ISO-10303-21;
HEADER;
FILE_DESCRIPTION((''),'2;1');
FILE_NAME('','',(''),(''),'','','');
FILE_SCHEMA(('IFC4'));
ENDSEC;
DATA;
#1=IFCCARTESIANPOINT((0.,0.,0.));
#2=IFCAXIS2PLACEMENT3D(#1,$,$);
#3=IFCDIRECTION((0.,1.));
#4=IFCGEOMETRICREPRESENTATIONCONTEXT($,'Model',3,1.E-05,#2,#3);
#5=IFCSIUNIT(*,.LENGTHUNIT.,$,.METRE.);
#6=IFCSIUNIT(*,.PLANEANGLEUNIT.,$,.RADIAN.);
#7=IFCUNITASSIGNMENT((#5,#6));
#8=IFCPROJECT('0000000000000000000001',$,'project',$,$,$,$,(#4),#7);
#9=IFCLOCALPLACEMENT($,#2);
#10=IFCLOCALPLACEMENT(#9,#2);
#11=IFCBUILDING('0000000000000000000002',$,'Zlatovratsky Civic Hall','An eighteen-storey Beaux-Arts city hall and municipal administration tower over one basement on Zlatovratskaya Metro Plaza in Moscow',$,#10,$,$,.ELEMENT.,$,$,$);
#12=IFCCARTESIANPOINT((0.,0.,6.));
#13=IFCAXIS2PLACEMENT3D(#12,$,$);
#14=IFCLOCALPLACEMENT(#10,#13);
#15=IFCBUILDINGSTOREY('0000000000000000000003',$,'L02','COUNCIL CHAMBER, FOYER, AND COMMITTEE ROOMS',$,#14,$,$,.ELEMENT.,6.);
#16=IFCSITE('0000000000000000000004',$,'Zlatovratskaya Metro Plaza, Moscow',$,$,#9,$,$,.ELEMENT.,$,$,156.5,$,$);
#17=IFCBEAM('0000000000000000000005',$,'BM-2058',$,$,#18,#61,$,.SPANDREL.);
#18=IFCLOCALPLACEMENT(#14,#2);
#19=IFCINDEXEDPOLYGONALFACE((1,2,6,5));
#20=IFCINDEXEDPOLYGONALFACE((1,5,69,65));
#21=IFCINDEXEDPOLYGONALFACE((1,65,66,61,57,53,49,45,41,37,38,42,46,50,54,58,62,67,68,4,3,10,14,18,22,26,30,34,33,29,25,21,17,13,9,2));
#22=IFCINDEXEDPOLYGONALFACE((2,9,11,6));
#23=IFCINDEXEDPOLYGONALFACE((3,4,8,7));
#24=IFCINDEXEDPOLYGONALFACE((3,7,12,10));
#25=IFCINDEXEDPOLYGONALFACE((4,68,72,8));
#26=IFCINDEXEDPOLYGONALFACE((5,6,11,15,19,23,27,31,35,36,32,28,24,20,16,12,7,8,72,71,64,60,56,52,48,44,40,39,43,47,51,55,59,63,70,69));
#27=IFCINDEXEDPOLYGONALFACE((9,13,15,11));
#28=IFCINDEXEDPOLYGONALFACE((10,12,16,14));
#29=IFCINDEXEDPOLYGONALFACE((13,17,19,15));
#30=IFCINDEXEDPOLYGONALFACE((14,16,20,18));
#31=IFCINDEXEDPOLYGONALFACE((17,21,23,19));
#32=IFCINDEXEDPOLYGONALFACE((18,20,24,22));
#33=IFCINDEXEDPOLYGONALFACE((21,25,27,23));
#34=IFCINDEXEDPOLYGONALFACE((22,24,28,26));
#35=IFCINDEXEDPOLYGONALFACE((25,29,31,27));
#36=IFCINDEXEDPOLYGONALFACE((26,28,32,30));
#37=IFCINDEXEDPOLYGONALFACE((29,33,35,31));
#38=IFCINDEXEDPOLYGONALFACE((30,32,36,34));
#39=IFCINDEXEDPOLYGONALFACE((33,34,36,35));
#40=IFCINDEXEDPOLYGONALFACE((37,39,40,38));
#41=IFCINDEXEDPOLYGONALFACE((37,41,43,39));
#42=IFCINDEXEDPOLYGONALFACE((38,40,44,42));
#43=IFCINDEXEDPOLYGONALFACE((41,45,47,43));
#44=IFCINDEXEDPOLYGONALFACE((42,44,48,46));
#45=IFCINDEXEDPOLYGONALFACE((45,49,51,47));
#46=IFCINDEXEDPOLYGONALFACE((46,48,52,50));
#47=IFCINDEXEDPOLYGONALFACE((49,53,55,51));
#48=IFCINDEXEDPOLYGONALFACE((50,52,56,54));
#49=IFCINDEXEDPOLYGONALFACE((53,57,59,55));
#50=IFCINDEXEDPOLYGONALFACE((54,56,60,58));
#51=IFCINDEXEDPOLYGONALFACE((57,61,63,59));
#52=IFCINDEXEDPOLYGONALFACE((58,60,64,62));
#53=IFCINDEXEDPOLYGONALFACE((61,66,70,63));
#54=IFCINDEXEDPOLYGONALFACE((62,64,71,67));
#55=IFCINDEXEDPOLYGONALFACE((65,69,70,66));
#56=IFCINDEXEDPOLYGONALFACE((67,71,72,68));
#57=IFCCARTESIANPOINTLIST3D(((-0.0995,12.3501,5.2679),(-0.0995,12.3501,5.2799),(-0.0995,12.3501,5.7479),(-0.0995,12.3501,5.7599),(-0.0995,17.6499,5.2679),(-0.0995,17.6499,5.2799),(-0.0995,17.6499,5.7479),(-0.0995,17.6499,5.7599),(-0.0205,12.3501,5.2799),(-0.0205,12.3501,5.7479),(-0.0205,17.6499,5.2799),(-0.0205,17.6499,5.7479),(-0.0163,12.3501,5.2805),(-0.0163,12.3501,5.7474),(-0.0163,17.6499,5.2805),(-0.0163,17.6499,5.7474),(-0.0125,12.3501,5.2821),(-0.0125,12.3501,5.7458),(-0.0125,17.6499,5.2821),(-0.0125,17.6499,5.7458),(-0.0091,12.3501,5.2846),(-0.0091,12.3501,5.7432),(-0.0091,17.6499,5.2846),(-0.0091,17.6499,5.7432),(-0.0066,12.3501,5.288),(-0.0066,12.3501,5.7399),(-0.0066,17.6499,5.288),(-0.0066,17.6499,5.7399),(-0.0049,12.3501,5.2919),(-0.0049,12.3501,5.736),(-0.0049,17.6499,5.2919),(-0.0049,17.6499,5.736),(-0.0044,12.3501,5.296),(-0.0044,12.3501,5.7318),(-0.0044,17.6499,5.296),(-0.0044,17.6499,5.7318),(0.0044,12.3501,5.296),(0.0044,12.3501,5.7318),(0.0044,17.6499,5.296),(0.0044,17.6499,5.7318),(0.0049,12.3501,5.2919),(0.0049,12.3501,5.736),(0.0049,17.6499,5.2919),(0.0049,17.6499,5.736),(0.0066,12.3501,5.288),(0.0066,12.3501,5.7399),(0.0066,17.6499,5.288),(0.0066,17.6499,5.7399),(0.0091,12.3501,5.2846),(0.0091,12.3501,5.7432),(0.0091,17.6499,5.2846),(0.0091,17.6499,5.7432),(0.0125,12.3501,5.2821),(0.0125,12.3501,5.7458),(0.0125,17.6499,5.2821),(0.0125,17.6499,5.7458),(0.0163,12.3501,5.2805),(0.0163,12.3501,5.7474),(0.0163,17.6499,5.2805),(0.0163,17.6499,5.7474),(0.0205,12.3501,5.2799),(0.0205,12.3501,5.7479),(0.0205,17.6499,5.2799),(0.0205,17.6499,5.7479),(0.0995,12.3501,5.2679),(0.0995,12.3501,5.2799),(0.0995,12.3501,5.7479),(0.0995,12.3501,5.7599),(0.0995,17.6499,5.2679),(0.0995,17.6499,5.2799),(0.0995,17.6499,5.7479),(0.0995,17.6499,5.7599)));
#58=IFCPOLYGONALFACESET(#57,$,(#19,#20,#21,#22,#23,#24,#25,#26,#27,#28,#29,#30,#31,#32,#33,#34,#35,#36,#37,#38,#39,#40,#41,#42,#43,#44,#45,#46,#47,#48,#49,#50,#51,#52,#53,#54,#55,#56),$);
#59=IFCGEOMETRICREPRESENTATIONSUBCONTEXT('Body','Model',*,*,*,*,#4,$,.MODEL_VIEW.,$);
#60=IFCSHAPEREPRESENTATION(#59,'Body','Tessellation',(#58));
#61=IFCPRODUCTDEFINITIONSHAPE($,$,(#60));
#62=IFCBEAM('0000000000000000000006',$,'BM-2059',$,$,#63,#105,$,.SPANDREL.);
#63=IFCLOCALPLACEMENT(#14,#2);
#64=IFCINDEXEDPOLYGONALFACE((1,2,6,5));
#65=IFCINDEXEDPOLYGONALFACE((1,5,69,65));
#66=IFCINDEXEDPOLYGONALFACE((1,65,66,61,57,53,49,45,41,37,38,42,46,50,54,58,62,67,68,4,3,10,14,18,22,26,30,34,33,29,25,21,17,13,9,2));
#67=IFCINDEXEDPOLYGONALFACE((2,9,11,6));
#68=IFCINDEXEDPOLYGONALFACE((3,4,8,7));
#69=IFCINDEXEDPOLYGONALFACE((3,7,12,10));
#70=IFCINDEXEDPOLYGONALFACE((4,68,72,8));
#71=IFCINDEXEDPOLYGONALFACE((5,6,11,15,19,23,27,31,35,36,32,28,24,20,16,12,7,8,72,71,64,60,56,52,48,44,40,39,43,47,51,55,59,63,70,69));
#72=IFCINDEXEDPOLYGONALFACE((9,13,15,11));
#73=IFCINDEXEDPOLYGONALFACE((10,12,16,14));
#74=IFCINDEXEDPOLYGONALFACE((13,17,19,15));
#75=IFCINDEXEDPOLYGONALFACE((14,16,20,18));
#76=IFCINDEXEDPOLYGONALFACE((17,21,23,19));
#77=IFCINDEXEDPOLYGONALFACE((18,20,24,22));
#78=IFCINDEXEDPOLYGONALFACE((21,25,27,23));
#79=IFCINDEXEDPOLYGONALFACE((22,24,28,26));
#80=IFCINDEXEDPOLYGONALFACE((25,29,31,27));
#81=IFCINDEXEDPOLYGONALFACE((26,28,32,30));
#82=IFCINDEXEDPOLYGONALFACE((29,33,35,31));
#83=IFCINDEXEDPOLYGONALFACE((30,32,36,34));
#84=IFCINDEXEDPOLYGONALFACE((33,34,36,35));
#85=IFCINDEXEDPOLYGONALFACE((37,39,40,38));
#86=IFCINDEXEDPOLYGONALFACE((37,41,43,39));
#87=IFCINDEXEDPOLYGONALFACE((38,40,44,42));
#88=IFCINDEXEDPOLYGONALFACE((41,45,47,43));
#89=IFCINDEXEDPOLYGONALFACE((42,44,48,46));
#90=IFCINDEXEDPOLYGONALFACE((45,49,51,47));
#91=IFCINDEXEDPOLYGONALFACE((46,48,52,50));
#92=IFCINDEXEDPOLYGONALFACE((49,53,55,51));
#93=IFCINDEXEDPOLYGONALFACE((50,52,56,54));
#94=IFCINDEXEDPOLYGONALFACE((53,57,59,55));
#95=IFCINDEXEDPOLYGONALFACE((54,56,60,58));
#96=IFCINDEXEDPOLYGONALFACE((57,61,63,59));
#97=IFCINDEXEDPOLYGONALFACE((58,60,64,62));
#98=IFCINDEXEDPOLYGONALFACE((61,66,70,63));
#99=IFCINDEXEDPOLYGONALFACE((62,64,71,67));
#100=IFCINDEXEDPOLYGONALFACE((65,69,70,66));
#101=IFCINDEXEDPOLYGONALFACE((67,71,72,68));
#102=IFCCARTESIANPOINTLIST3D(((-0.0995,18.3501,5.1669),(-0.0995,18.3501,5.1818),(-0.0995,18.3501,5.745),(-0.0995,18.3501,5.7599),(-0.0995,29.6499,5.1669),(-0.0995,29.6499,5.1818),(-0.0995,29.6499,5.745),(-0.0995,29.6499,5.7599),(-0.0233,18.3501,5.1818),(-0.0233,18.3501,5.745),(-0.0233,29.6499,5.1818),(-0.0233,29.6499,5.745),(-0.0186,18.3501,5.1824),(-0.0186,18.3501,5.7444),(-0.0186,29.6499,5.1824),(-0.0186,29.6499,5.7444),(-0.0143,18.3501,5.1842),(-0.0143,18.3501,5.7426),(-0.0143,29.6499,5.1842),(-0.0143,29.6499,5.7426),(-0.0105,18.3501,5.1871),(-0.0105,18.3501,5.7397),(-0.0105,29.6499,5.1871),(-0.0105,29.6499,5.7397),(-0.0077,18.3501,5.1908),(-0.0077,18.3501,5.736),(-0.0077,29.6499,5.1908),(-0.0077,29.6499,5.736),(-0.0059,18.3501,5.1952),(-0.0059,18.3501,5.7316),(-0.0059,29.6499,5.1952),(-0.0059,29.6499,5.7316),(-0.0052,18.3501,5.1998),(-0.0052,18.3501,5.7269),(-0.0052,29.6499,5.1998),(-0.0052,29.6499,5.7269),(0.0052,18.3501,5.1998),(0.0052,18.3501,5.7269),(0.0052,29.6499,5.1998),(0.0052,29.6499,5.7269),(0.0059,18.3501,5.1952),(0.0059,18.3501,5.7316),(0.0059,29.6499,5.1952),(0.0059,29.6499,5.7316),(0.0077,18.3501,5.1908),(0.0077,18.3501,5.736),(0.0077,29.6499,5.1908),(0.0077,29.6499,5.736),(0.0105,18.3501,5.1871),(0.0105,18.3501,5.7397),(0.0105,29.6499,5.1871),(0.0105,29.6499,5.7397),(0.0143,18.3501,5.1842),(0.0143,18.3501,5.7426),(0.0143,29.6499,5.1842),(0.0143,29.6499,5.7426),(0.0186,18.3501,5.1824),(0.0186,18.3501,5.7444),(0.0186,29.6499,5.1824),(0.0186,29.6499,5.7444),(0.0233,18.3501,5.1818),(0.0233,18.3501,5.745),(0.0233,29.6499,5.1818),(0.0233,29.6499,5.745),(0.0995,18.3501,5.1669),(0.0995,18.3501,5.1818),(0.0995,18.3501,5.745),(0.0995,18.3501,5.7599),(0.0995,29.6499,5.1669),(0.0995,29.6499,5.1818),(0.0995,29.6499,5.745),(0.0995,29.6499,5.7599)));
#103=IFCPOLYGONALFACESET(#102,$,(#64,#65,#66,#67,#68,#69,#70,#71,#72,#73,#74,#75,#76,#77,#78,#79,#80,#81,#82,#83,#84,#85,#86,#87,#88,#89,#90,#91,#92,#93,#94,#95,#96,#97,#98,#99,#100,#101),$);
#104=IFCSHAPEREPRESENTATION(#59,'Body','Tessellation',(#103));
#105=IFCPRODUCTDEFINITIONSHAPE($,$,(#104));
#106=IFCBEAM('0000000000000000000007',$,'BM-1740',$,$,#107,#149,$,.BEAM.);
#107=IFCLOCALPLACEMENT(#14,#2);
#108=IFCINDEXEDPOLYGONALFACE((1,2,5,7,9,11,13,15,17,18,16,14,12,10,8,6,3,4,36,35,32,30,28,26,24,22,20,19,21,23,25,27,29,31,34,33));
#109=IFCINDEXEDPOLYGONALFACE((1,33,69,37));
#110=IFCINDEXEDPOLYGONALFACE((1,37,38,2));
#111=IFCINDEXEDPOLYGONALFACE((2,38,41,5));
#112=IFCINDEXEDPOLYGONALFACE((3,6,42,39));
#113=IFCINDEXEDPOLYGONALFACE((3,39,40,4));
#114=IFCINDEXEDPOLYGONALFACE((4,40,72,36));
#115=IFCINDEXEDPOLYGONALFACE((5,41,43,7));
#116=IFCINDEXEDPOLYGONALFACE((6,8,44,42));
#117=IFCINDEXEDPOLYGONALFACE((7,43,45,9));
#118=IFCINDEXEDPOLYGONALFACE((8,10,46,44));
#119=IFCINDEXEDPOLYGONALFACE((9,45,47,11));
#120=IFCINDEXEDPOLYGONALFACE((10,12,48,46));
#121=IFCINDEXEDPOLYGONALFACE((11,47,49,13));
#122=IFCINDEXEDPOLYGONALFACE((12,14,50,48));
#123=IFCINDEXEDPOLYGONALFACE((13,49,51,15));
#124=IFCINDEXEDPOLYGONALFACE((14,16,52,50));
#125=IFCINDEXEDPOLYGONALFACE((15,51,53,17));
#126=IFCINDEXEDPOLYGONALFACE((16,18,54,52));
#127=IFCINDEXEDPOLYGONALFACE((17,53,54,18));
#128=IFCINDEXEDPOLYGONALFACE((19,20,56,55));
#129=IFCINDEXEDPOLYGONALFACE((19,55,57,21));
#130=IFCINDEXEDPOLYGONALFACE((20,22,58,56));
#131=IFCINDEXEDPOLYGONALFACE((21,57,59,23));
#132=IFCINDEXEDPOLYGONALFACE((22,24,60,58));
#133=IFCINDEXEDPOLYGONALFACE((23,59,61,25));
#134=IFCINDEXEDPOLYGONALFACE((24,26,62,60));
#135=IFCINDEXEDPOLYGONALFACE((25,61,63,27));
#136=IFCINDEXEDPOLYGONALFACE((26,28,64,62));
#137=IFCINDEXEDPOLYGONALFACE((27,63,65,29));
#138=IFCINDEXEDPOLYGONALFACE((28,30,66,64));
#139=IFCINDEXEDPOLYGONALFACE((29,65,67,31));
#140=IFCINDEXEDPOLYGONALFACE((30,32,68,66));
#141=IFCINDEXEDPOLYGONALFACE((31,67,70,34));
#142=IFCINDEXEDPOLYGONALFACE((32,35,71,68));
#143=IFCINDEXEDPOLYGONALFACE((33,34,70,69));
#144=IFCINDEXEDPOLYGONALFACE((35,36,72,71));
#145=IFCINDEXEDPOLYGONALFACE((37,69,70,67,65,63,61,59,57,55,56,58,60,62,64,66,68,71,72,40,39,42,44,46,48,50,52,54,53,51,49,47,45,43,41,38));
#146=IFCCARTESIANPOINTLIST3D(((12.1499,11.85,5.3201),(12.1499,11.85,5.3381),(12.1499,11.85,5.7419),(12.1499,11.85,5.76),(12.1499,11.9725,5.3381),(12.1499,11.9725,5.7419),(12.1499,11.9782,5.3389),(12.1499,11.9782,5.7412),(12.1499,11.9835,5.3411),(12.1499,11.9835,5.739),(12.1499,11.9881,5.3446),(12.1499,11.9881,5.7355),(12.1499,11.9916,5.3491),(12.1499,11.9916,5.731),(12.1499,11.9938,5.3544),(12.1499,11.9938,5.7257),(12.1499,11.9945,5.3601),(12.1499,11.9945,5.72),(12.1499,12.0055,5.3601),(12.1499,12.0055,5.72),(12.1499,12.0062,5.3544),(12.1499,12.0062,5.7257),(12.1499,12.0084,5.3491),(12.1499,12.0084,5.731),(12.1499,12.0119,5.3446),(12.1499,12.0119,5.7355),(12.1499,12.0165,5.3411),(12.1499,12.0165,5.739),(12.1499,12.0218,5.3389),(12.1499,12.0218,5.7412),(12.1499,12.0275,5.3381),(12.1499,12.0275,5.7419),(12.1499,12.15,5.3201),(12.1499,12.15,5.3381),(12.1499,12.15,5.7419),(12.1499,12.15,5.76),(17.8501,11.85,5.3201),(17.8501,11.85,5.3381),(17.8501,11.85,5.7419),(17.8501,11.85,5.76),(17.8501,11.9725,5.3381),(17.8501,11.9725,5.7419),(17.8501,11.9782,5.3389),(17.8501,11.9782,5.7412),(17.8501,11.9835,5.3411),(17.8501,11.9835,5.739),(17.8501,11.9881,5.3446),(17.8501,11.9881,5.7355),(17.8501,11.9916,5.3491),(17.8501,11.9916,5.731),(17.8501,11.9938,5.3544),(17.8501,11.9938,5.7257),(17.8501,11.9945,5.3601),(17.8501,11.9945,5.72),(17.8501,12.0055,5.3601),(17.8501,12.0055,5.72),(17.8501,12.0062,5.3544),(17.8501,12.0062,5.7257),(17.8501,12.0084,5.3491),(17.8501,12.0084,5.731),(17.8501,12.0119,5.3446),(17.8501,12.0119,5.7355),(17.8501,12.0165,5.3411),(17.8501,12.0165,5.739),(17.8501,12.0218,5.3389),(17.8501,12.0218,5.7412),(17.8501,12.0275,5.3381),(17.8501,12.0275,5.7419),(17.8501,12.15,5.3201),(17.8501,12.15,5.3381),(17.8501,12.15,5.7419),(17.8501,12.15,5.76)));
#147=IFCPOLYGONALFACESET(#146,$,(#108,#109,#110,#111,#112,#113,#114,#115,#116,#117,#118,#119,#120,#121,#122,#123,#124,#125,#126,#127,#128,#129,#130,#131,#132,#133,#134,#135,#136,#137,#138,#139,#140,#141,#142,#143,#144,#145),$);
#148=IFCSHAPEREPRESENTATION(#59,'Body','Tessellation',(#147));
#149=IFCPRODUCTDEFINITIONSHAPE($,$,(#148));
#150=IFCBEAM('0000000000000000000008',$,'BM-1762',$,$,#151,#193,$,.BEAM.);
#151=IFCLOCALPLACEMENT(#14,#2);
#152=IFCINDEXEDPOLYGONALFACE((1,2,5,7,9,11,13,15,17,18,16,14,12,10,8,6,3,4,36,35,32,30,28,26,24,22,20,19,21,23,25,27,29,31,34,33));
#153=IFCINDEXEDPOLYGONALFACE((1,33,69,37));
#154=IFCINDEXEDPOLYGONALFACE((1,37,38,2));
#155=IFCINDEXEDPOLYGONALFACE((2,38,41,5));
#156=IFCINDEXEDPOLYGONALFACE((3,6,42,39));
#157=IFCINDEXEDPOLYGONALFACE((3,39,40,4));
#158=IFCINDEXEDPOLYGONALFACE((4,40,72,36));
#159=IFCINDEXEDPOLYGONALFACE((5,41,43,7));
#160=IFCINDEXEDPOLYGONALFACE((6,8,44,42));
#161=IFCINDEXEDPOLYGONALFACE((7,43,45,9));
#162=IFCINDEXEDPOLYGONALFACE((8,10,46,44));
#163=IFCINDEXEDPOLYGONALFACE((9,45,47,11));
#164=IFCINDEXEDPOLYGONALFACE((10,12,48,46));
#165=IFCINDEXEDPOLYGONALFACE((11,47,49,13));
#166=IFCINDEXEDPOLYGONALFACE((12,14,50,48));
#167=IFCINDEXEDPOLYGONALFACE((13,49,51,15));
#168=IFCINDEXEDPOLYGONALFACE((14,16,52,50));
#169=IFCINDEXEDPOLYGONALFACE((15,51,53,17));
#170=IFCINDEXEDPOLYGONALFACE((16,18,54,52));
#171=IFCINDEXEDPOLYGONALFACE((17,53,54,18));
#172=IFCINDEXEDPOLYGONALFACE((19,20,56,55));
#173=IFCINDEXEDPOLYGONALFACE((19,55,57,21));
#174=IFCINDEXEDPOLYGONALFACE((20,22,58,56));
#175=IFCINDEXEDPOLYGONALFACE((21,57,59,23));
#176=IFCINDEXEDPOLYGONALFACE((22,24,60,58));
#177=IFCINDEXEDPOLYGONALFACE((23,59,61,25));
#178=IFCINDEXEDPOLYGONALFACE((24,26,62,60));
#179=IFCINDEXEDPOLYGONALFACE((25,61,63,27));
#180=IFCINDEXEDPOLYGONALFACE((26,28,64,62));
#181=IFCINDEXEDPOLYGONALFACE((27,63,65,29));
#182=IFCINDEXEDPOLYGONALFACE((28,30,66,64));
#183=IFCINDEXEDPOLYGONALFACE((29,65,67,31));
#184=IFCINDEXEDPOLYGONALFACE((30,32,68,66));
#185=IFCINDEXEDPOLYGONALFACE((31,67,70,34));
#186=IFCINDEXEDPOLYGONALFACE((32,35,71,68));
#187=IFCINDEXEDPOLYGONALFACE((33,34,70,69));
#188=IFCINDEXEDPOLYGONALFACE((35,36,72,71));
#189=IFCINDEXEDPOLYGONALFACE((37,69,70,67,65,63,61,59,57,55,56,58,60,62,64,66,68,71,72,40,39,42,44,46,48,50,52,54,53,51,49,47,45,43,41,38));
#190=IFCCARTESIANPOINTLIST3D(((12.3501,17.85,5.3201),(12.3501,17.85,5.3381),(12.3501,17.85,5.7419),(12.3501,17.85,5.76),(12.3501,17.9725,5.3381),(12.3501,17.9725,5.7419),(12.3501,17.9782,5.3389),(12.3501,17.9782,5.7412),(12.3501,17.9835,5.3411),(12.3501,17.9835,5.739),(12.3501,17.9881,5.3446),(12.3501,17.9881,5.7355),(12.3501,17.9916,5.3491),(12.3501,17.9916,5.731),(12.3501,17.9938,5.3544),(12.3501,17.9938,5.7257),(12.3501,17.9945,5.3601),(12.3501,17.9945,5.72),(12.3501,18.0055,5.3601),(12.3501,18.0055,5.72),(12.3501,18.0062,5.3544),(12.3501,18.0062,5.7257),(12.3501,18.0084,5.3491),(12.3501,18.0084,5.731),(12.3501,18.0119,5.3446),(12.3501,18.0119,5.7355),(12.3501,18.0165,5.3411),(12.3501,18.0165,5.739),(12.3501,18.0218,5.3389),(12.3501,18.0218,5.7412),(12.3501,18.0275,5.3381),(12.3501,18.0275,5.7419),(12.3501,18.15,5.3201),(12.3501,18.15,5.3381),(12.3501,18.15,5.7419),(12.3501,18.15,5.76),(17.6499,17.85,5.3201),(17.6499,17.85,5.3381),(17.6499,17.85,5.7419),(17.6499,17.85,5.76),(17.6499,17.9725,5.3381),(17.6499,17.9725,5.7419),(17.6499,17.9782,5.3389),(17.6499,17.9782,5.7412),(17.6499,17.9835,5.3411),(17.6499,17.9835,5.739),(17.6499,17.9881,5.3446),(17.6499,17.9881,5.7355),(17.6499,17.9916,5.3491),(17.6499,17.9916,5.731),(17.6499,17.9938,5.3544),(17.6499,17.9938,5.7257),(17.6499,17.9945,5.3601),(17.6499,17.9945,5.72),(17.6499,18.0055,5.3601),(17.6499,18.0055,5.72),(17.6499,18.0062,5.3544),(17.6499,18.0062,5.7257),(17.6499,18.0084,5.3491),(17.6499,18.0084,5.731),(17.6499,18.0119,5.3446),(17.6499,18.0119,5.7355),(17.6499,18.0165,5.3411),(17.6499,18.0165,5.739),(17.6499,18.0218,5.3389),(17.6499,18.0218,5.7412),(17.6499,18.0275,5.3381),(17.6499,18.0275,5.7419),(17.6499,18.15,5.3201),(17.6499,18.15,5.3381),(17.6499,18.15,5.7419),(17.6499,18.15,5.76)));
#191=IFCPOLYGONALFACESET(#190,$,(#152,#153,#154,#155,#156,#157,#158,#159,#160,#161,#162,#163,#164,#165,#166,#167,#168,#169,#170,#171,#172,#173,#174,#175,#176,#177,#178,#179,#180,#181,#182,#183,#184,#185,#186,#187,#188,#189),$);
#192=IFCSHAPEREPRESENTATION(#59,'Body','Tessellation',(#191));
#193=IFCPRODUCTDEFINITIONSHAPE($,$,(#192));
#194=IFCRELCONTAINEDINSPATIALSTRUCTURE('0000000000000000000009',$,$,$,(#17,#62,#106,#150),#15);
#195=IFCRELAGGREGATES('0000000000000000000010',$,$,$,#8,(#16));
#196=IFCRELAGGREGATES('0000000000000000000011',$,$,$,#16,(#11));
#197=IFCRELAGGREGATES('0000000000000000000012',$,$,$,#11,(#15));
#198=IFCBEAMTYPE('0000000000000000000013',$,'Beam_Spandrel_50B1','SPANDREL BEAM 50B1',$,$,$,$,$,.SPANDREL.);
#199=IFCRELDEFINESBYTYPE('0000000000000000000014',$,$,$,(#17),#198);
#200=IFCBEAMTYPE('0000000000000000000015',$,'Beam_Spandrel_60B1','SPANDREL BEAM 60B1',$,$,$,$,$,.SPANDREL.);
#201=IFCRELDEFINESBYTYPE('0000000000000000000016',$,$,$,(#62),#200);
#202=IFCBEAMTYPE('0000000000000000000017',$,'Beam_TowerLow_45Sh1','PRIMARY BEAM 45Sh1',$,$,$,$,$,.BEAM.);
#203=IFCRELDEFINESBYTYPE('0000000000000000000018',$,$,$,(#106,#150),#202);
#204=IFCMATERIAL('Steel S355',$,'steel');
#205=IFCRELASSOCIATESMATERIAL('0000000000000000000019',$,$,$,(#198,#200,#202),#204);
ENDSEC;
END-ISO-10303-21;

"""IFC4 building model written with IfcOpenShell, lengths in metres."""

from ifc_helpers import new_model, si_unit, direction, frame, origin, origin_2d, place, context, subcontext, project, spatial, i_section, extrude, material, material_profile, profile_set, type_object, element, save


model = new_model("IFC4")

# Units and contexts
model_context = context("Model", 3, precision=1e-05, world=origin(), true_north=direction((0.0, 1.0)))
body_context = subcontext(model_context, "Body", "Model", "MODEL_VIEW")
ifc_project = project(units=[si_unit("LENGTHUNIT", "METRE"), si_unit("PLANEANGLEUNIT", "RADIAN")], contexts=[model_context])

# Site, building, storey
site_placement = place(None, origin())
site = spatial("IfcSite", under=ifc_project, at=site_placement, Name="Zlatovratskaya Metro Plaza, Moscow", CompositionType="ELEMENT", RefElevation=156.5)
building_placement = place(site_placement, origin())
building = spatial("IfcBuilding", under=site, at=building_placement, Name="Zlatovratsky Civic Hall", Description="An eighteen-storey Beaux-Arts city hall and municipal administration tower over one basement on Zlatovratskaya Metro Plaza in Moscow", CompositionType="ELEMENT")
storey_placement = place(building_placement, frame((0.0, 0.0, 6.0)))
storey = spatial("IfcBuildingStorey", under=building, at=storey_placement, Name="L02", Description="COUNCIL CHAMBER, FOYER, AND COMMITTEE ROOMS", CompositionType="ELEMENT", Elevation=6.0)

# Shared definitions
ifc_material_1 = material(Name="Steel S355", Category="steel")

# Beams
ifc_material_profile_1 = material_profile(ifc_material_1, i_section(OverallWidth=0.199, OverallDepth=0.4919, WebThickness=0.0088, FlangeThickness=0.012, FilletRadius=0.0161, at=origin_2d()), Name="50B1")
ifc_profile_set_1 = profile_set([ifc_material_profile_1], Name="Steel S355")
beam_type_1 = type_object("IfcBeamType", Name="Beam_Spandrel_50B1", Description="SPANDREL BEAM 50B1", PredefinedType="SPANDREL", material=ifc_profile_set_1)
beam_1_placement = place(storey_placement, frame((0.0, 12.3501, 5.5139), z_axis=(0.0, 1.0, 0.0), x_axis=(-1.0, 0.0, 0.0)))
element("IfcBeam", 1, at=beam_1_placement, inside=storey, type_object=beam_type_1, Name="BM-2058", PredefinedType="SPANDREL", context=body_context, shape_type="SweptSolid", body=[
    extrude(i_section(OverallWidth=0.199, OverallDepth=0.4919, WebThickness=0.0088, FlangeThickness=0.012, FilletRadius=0.0161, at=origin_2d()), origin(), (0.0, 0.0, 1.0), 5.2998),
])
ifc_material_profile_2 = material_profile(ifc_material_1, i_section(OverallWidth=0.199, OverallDepth=0.593, WebThickness=0.0105, FlangeThickness=0.0149, FilletRadius=0.0181, at=origin_2d()), Name="60B1")
ifc_profile_set_2 = profile_set([ifc_material_profile_2], Name="Steel S355")
beam_type_2 = type_object("IfcBeamType", Name="Beam_Spandrel_60B1", Description="SPANDREL BEAM 60B1", PredefinedType="SPANDREL", material=ifc_profile_set_2)
beam_2_placement = place(storey_placement, frame((0.0, 18.3501, 5.4634), z_axis=(0.0, 1.0, 0.0), x_axis=(-1.0, 0.0, 0.0)))
element("IfcBeam", 2, at=beam_2_placement, inside=storey, type_object=beam_type_2, Name="BM-2059", PredefinedType="SPANDREL", context=body_context, shape_type="SweptSolid", body=[
    extrude(i_section(OverallWidth=0.199, OverallDepth=0.593, WebThickness=0.0105, FlangeThickness=0.0149, FilletRadius=0.0181, at=origin_2d()), origin(), (0.0, 0.0, 1.0), 11.2998),
])
ifc_material_profile_3 = material_profile(ifc_material_1, i_section(OverallWidth=0.3, OverallDepth=0.4399, WebThickness=0.011, FlangeThickness=0.0181, FilletRadius=0.022, at=origin_2d()), Name="45Sh1")
ifc_profile_set_3 = profile_set([ifc_material_profile_3], Name="Steel S355")
beam_type_3 = type_object("IfcBeamType", Name="Beam_TowerLow_45Sh1", Description="PRIMARY BEAM 45Sh1", PredefinedType="BEAM", material=ifc_profile_set_3)
beam_3_placement = place(storey_placement, frame((12.1499, 12.0, 5.54), z_axis=(1.0, 0.0, 0.0), x_axis=(0.0, 1.0, 0.0)))
element("IfcBeam", 3, at=beam_3_placement, inside=storey, type_object=beam_type_3, Name="BM-1740", PredefinedType="BEAM", context=body_context, shape_type="SweptSolid", body=[
    extrude(i_section(OverallWidth=0.3, OverallDepth=0.4399, WebThickness=0.011, FlangeThickness=0.0181, FilletRadius=0.022, at=origin_2d()), origin(), (0.0, 0.0, 1.0), 5.7002),
])
beam_4_placement = place(storey_placement, frame((12.3501, 18.0, 5.54), z_axis=(1.0, 0.0, 0.0), x_axis=(0.0, 1.0, 0.0)))
element("IfcBeam", 4, at=beam_4_placement, inside=storey, type_object=beam_type_3, Name="BM-1762", PredefinedType="BEAM", context=body_context, shape_type="SweptSolid", body=[
    extrude(i_section(OverallWidth=0.3, OverallDepth=0.4399, WebThickness=0.011, FlangeThickness=0.0181, FilletRadius=0.022, at=origin_2d()), origin(), (0.0, 0.0, 1.0), 5.2998),
])

save(model, "model.ifc")
